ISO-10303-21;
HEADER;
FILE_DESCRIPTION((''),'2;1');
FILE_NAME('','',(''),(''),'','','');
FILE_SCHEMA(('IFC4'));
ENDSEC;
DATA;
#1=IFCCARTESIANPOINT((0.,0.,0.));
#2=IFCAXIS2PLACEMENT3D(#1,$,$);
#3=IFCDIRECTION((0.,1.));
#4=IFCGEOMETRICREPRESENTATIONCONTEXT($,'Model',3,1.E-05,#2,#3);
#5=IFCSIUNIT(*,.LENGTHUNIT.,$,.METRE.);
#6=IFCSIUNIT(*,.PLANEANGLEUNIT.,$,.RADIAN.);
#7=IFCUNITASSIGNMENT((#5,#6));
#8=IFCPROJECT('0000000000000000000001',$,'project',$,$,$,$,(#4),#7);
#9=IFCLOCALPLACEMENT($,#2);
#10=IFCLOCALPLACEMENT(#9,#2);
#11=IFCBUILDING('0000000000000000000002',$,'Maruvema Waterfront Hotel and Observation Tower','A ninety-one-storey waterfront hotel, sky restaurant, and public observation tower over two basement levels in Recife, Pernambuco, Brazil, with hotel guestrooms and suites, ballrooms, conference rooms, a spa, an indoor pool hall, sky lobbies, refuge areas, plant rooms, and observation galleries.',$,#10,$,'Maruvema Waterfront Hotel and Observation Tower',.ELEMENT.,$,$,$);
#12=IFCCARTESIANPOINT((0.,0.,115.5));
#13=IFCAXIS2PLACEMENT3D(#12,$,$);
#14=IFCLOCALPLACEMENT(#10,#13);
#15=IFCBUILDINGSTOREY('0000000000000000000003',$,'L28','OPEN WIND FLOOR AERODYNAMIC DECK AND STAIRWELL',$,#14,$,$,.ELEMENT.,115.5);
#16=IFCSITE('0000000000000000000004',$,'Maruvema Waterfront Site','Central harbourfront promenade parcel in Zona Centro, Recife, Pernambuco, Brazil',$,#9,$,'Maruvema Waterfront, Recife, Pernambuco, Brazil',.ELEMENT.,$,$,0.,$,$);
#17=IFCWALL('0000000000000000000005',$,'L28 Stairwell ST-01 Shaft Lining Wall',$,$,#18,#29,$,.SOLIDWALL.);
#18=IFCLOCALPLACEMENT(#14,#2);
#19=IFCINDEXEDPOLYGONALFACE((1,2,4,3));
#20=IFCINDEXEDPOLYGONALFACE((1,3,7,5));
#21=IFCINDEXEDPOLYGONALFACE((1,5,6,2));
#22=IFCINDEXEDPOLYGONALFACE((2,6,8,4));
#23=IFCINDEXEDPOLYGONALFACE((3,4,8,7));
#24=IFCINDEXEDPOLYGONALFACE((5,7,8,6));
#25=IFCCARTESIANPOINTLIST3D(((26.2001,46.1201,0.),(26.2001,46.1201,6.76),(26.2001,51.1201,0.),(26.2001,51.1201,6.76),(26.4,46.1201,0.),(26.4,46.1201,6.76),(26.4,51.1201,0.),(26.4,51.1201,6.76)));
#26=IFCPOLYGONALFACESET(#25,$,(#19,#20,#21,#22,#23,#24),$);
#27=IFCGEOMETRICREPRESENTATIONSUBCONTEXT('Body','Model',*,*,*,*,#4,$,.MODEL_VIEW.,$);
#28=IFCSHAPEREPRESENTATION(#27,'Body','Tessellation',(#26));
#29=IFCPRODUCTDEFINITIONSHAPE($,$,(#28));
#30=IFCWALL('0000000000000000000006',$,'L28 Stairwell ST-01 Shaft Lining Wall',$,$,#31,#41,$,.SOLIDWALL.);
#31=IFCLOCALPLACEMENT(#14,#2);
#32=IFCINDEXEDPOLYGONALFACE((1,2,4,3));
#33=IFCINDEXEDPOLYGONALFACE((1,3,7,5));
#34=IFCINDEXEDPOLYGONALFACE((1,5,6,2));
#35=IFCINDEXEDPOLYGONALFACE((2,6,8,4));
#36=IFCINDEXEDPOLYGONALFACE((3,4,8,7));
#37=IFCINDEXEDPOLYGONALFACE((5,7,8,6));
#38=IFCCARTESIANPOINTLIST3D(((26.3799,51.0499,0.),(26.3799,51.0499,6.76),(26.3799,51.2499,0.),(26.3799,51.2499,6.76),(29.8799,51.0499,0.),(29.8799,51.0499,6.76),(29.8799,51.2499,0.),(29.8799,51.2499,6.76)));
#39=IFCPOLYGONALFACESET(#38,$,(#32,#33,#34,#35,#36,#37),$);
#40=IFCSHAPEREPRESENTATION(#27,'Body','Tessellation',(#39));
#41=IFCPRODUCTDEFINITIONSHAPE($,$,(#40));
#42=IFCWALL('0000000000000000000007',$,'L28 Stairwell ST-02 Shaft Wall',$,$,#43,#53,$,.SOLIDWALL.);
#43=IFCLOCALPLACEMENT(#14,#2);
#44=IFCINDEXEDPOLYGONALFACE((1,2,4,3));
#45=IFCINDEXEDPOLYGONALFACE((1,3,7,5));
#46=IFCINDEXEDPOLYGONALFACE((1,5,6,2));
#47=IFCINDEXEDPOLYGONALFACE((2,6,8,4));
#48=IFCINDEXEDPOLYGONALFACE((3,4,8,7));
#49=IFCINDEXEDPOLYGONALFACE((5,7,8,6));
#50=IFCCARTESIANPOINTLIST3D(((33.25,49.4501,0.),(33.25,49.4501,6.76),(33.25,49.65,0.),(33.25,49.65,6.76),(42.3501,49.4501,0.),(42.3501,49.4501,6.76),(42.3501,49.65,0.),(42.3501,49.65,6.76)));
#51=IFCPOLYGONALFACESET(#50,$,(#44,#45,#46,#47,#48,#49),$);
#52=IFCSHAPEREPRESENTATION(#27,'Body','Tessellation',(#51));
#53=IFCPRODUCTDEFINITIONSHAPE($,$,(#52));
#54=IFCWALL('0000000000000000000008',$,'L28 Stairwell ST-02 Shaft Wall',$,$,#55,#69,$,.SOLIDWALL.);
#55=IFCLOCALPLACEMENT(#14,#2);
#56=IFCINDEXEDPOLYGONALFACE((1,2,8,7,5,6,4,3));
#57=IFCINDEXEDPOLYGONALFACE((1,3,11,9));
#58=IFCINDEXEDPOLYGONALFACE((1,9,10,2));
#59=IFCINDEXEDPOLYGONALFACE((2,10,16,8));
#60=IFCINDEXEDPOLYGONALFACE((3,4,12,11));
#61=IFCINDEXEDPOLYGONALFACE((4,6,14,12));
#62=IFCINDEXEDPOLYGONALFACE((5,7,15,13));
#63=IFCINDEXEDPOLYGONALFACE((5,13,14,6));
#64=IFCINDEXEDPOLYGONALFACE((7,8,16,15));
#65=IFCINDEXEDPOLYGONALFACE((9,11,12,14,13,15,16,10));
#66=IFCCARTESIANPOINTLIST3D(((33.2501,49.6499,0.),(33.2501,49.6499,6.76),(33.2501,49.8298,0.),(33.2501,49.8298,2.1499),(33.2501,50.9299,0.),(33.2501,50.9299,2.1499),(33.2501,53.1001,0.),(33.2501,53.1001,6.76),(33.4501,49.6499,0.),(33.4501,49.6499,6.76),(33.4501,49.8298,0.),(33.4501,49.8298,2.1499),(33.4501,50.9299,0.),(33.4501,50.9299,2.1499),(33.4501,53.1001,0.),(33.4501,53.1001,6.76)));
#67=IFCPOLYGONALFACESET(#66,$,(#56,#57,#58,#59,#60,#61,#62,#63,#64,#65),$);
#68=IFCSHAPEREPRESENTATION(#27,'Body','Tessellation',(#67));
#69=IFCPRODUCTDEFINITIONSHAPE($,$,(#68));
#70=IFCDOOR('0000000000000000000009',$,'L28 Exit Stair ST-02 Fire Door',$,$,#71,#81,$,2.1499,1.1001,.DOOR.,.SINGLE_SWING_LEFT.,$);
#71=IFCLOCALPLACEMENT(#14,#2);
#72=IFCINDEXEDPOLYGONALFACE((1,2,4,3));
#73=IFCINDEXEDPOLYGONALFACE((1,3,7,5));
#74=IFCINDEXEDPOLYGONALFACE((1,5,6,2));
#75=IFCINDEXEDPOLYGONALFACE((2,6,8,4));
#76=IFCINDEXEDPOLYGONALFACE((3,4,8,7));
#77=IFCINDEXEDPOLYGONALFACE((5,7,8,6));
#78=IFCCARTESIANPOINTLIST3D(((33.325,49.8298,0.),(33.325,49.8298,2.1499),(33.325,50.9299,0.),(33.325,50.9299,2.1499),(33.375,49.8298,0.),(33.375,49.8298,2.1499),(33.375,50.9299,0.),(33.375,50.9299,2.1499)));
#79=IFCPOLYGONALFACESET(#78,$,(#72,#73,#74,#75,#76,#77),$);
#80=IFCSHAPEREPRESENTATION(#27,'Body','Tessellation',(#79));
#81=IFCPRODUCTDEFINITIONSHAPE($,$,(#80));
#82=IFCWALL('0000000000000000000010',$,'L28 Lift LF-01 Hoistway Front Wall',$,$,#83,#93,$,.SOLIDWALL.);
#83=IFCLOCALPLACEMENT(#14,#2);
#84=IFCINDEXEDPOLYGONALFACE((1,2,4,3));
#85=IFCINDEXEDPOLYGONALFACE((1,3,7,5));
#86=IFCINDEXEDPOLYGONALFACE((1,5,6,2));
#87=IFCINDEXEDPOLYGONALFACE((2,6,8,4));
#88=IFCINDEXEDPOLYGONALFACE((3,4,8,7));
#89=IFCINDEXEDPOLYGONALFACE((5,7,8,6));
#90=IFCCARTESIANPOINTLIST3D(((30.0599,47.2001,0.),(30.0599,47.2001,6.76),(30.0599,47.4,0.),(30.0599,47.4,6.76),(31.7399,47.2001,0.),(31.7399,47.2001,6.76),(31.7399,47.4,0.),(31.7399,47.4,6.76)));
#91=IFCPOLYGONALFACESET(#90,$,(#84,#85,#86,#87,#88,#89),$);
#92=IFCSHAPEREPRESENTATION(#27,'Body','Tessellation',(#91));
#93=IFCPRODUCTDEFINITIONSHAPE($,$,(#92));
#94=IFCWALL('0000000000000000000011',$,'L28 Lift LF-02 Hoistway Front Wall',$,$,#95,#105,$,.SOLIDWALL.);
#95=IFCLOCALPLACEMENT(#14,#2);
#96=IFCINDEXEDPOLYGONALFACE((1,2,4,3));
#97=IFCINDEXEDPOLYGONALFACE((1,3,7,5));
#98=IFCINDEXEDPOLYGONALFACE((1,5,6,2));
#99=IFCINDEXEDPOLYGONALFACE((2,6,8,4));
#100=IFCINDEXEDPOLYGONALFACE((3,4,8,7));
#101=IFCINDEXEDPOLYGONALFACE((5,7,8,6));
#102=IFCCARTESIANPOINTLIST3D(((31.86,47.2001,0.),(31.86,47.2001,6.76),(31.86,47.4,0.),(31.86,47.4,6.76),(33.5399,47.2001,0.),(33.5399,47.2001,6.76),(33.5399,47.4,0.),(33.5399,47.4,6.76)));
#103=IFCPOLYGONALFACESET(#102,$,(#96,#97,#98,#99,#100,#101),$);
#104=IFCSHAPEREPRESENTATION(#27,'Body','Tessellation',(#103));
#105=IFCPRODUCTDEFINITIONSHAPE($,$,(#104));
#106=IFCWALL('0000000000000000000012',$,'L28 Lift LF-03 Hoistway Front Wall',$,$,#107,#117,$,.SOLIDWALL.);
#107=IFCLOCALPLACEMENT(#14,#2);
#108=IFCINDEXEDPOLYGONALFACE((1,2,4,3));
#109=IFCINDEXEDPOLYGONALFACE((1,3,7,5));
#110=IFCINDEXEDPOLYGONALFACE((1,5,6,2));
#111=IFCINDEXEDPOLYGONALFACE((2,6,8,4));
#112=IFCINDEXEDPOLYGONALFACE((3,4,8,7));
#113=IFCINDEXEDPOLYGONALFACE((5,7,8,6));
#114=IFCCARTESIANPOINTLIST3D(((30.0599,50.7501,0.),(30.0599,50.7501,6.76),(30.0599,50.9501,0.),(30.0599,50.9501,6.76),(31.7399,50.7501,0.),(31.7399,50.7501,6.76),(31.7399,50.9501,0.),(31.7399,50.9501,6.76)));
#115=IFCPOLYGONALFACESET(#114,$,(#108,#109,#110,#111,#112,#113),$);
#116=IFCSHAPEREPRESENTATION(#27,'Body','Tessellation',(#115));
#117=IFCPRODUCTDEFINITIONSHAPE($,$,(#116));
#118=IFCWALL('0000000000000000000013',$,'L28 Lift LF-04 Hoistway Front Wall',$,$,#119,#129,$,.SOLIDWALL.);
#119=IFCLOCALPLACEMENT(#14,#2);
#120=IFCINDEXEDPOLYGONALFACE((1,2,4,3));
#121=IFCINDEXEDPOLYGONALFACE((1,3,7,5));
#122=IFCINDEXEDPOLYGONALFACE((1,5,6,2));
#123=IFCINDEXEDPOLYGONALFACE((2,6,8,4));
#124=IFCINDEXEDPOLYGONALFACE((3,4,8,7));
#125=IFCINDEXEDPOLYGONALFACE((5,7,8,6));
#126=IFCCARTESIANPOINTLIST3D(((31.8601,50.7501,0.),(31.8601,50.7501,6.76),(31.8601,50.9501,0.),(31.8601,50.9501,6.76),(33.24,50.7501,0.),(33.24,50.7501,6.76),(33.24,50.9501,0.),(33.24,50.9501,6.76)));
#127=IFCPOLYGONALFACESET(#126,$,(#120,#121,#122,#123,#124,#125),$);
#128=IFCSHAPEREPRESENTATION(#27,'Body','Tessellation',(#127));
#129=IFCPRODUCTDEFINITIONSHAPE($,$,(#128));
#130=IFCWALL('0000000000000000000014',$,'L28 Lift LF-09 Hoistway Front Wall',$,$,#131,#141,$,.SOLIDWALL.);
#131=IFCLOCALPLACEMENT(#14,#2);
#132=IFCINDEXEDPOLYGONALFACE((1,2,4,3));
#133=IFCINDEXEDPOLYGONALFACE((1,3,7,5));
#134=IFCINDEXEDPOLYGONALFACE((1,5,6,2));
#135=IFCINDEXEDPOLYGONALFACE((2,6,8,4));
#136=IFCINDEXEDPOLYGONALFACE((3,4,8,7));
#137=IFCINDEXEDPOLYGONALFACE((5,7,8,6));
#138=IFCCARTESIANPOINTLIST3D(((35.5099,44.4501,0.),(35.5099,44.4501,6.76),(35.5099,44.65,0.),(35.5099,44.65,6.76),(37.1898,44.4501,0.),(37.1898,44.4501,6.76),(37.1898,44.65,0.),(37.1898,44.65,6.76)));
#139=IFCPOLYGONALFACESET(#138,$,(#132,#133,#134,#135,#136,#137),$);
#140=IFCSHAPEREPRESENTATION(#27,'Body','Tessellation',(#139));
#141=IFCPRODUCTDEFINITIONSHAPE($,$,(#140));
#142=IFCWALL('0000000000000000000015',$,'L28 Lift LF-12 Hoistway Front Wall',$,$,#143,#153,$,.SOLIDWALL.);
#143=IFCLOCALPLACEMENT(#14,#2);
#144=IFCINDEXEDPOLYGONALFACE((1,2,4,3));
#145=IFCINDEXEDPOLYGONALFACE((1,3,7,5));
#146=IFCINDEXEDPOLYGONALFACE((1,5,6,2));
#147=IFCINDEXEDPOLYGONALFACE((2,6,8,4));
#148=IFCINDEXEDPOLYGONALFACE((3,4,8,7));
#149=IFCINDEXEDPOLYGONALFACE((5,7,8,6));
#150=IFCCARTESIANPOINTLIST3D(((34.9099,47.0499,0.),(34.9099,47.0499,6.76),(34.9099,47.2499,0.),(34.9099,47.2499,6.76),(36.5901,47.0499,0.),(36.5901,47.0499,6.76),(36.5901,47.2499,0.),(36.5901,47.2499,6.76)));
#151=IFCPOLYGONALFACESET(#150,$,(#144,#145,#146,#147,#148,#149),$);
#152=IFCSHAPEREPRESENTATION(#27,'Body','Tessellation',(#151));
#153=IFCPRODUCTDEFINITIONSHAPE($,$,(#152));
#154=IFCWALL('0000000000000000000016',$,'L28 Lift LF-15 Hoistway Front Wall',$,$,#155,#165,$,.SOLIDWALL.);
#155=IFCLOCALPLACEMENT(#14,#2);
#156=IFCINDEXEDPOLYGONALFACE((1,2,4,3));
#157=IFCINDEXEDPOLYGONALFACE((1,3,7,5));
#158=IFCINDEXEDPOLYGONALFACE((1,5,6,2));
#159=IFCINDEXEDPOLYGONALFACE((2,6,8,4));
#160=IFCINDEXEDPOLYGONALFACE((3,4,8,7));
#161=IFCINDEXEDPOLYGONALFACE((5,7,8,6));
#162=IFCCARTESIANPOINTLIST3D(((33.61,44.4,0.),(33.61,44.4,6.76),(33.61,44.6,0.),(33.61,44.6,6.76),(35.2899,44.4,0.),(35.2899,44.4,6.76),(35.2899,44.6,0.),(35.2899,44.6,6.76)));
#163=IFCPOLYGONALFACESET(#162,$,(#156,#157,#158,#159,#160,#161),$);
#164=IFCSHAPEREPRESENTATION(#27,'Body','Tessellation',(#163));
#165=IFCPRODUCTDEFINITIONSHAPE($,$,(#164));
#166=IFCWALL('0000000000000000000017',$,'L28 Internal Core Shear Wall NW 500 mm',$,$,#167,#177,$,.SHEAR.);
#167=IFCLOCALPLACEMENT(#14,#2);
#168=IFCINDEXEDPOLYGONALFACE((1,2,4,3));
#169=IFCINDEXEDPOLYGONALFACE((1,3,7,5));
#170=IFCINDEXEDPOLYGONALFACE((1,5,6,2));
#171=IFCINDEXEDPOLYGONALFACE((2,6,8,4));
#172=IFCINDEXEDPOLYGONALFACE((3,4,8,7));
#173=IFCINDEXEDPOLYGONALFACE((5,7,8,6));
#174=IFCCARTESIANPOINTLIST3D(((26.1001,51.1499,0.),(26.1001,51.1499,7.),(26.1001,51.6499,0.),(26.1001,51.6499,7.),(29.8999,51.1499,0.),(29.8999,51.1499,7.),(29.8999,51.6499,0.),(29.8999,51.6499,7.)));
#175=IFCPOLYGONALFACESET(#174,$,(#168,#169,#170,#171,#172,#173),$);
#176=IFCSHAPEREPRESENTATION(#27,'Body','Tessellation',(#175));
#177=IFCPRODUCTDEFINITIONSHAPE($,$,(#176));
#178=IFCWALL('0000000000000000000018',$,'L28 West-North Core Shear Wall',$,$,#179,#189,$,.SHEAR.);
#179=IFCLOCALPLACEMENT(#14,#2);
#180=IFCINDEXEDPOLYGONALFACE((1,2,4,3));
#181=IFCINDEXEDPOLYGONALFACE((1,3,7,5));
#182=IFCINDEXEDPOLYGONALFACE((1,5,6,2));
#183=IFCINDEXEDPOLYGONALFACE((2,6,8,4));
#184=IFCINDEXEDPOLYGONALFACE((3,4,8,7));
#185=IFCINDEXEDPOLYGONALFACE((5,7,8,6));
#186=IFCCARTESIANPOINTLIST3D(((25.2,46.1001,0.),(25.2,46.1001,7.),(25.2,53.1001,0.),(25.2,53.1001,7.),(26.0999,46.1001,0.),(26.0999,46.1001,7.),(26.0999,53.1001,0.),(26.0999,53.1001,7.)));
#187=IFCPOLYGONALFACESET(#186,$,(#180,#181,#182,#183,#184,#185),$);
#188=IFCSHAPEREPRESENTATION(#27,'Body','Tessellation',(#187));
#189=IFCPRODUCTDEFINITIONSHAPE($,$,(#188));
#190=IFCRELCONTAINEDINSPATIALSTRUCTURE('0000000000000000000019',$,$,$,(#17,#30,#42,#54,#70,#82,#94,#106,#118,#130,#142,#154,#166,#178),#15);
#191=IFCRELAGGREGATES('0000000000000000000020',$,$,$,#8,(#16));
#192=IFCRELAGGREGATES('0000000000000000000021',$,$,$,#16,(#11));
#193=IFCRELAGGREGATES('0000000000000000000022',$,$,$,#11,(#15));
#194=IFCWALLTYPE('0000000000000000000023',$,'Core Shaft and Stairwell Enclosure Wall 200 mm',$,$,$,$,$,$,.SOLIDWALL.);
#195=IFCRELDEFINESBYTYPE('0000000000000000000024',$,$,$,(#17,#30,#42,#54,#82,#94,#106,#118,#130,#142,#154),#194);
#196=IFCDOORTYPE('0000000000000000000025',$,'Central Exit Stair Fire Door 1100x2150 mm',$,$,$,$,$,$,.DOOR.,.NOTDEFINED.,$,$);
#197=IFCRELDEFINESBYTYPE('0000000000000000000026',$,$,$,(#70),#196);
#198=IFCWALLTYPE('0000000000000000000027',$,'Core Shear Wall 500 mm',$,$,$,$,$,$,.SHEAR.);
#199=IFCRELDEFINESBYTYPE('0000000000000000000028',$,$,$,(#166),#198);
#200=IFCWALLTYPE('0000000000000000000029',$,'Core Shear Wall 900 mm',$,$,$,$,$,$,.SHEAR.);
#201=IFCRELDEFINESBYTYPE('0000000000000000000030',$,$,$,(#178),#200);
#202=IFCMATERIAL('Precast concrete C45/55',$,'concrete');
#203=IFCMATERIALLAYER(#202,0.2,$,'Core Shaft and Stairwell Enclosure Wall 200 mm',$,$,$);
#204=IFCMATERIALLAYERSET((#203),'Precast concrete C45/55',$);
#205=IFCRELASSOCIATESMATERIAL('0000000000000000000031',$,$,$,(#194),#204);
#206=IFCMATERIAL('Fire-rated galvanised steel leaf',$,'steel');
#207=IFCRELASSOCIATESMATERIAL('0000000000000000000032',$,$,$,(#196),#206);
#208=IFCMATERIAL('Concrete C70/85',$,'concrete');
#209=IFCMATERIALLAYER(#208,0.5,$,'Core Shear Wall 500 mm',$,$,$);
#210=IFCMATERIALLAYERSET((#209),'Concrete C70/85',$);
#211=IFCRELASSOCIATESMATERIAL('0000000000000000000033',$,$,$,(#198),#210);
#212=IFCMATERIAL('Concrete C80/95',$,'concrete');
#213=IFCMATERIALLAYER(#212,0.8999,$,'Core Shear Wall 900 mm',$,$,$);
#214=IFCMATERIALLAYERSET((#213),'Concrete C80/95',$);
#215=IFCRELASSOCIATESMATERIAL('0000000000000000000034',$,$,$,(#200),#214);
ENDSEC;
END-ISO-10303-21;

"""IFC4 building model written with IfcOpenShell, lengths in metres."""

from ifc_helpers import new_model, si_unit, direction, frame, frame_2d, origin, place, context, subcontext, project, spatial, rectangle, extrude, material, layer, layer_set, type_object, element, fill, save


model = new_model("IFC4")

# Units and contexts
model_context = context("Model", 3, precision=1e-05, world=origin(), true_north=direction((0.0, 1.0)))
body_context = subcontext(model_context, "Body", "Model", "MODEL_VIEW")
ifc_project = project(units=[si_unit("LENGTHUNIT", "METRE"), si_unit("PLANEANGLEUNIT", "RADIAN")], contexts=[model_context])

# Site, building, storey
site_placement = place(None, origin())
site = spatial("IfcSite", under=ifc_project, at=site_placement, Name="Maruvema Waterfront Site", Description="Central harbourfront promenade parcel in Zona Centro, Recife, Pernambuco, Brazil", LongName="Maruvema Waterfront, Recife, Pernambuco, Brazil", CompositionType="ELEMENT", RefElevation=0.0)
building_placement = place(site_placement, origin())
building = spatial("IfcBuilding", under=site, at=building_placement, Name="Maruvema Waterfront Hotel and Observation Tower", Description="A ninety-one-storey waterfront hotel, sky restaurant, and public observation tower over two basement levels in Recife, Pernambuco, Brazil, with hotel guestrooms and suites, ballrooms, conference rooms, a spa, an indoor pool hall, sky lobbies, refuge areas, plant rooms, and observation galleries.", LongName="Maruvema Waterfront Hotel and Observation Tower", CompositionType="ELEMENT")
storey_placement = place(building_placement, frame((0.0, 0.0, 115.5)))
storey = spatial("IfcBuildingStorey", under=building, at=storey_placement, Name="L28", Description="OPEN WIND FLOOR AERODYNAMIC DECK AND STAIRWELL", CompositionType="ELEMENT", Elevation=115.5)

# Walls
ifc_material_1 = material(Name="Precast concrete C45/55", Category="concrete")
ifc_layer_1 = layer(ifc_material_1, 0.2, Name="Core Shaft and Stairwell Enclosure Wall 200 mm")
ifc_layer_set_1 = layer_set([ifc_layer_1], Name="Precast concrete C45/55")
wall_type_1 = type_object("IfcWallType", Name="Core Shaft and Stairwell Enclosure Wall 200 mm", PredefinedType="SOLIDWALL", material=ifc_layer_set_1)
wall_1_placement = place(storey_placement, frame((26.3, 46.1201, 0.0), z_axis=(0.0, 0.0, 1.0), x_axis=(0.0, 1.0, 0.0)))
element("IfcWall", 1, at=wall_1_placement, inside=storey, type_object=wall_type_1, Name="L28 Stairwell ST-01 Shaft Lining Wall", PredefinedType="SOLIDWALL", context=body_context, shape_type="SweptSolid", body=[
    extrude(rectangle(XDim=5.0, YDim=0.2, at=frame_2d((2.5, 0.0))), origin(), (0.0, 0.0, 1.0), 6.76),
])
wall_2_placement = place(storey_placement, frame((26.3799, 51.1499, 0.0), z_axis=(0.0, 0.0, 1.0), x_axis=(1.0, 0.0, 0.0)))
element("IfcWall", 2, at=wall_2_placement, inside=storey, type_object=wall_type_1, Name="L28 Stairwell ST-01 Shaft Lining Wall", PredefinedType="SOLIDWALL", context=body_context, shape_type="SweptSolid", body=[
    extrude(rectangle(XDim=3.5, YDim=0.2, at=frame_2d((1.75, 0.0))), origin(), (0.0, 0.0, 1.0), 6.76),
])
wall_3_placement = place(storey_placement, frame((33.25, 49.55, 0.0), z_axis=(0.0, 0.0, 1.0), x_axis=(1.0, 0.0, 0.0)))
element("IfcWall", 3, at=wall_3_placement, inside=storey, type_object=wall_type_1, Name="L28 Stairwell ST-02 Shaft Wall", PredefinedType="SOLIDWALL", context=body_context, shape_type="SweptSolid", body=[
    extrude(rectangle(XDim=9.1001, YDim=0.2, at=frame_2d((4.55, 0.0))), origin(), (0.0, 0.0, 1.0), 6.76),
])

# Wall, opening, door
wall_4_placement = place(storey_placement, frame((33.3501, 49.6499, 0.0), z_axis=(0.0, 0.0, 1.0), x_axis=(0.0, 1.0, 0.0)))
wall_4 = element("IfcWall", 4, at=wall_4_placement, inside=storey, type_object=wall_type_1, Name="L28 Stairwell ST-02 Shaft Wall", PredefinedType="SOLIDWALL", context=body_context, shape_type="SweptSolid", body=[
    extrude(rectangle(XDim=3.4502, YDim=0.2, at=frame_2d((1.7251, 0.0))), origin(), (0.0, 0.0, 1.0), 6.76),
])
opening_placement = place(wall_4_placement, frame((0.1799, 0.0, 0.0)))
opening = element("IfcOpeningElement", 5, at=opening_placement, cuts=wall_4, PredefinedType="OPENING", context=body_context, shape_type="SweptSolid", body=[
    extrude(rectangle(XDim=1.1001, YDim=2.1499, at=frame_2d((0.55, 1.075))), frame((0.0, 0.1099, 0.0), z_axis=(0.0, -1.0, 0.0), x_axis=(1.0, 0.0, 0.0)), (0.0, 0.0, 1.0), 0.22),
])
ifc_material_2 = material(Name="Fire-rated galvanised steel leaf", Category="steel")
door_type = type_object("IfcDoorType", Name="Central Exit Stair Fire Door 1100x2150 mm", OperationType="NOTDEFINED", PredefinedType="DOOR", material=ifc_material_2)
door_placement = place(opening_placement, frame((1.1001, 0.0, 0.0), z_axis=(0.0, 0.0, 1.0), x_axis=(-1.0, 0.0, 0.0)))
door = element("IfcDoor", 6, at=door_placement, inside=storey, type_object=door_type, Name="L28 Exit Stair ST-02 Fire Door", OperationType="SINGLE_SWING_LEFT", OverallHeight=2.1499, OverallWidth=1.1001, PredefinedType="DOOR", context=body_context, shape_type="SweptSolid", body=[
    extrude(rectangle(XDim=1.1001, YDim=2.1499, at=frame_2d((0.55, 1.075))), frame((0.0, 0.0249, 0.0), z_axis=(0.0, -1.0, 0.0), x_axis=(1.0, 0.0, 0.0)), (0.0, 0.0, 1.0), 0.05),
])
fill(opening, door)

# Walls
for number, where, z_axis, x_axis, name in (
    (7, (30.0601, 47.3, 0.0), (0.0, 0.0, 1.0), (1.0, 0.0, 0.0), "L28 Lift LF-01 Hoistway Front Wall"),
    (8, (31.8601, 47.3, 0.0), (0.0, 0.0, 1.0), (1.0, 0.0, 0.0), "L28 Lift LF-02 Hoistway Front Wall"),
    (9, (30.0601, 50.8501, 0.0), (0.0, 0.0, 1.0), (1.0, 0.0, 0.0), "L28 Lift LF-03 Hoistway Front Wall"),
):
    element("IfcWall", number, at=place(storey_placement, frame(where, z_axis=z_axis, x_axis=x_axis)), inside=storey, type_object=wall_type_1, Name=name, PredefinedType="SOLIDWALL", context=body_context, shape_type="SweptSolid", body=[
        extrude(rectangle(XDim=1.6799, YDim=0.2, at=frame_2d((0.8398, 0.0))), origin(), (0.0, 0.0, 1.0), 6.76),
    ])
wall_5_placement = place(storey_placement, frame((31.8601, 50.8501, 0.0), z_axis=(0.0, 0.0, 1.0), x_axis=(1.0, 0.0, 0.0)))
element("IfcWall", 10, at=wall_5_placement, inside=storey, type_object=wall_type_1, Name="L28 Lift LF-04 Hoistway Front Wall", PredefinedType="SOLIDWALL", context=body_context, shape_type="SweptSolid", body=[
    extrude(rectangle(XDim=1.3799, YDim=0.2, at=frame_2d((0.6899, 0.0))), origin(), (0.0, 0.0, 1.0), 6.76),
])
wall_6_placement = place(storey_placement, frame((35.51, 44.55, 0.0), z_axis=(0.0, 0.0, 1.0), x_axis=(1.0, 0.0, 0.0)))
element("IfcWall", 11, at=wall_6_placement, inside=storey, type_object=wall_type_1, Name="L28 Lift LF-09 Hoistway Front Wall", PredefinedType="SOLIDWALL", context=body_context, shape_type="SweptSolid", body=[
    extrude(rectangle(XDim=1.6799, YDim=0.2, at=frame_2d((0.8398, 0.0))), origin(), (0.0, 0.0, 1.0), 6.76),
])
wall_7_placement = place(storey_placement, frame((34.9099, 47.1499, 0.0), z_axis=(0.0, 0.0, 1.0), x_axis=(1.0, 0.0, 0.0)))
element("IfcWall", 12, at=wall_7_placement, inside=storey, type_object=wall_type_1, Name="L28 Lift LF-12 Hoistway Front Wall", PredefinedType="SOLIDWALL", context=body_context, shape_type="SweptSolid", body=[
    extrude(rectangle(XDim=1.6802, YDim=0.2, at=frame_2d((0.8401, 0.0))), origin(), (0.0, 0.0, 1.0), 6.76),
])
wall_8_placement = place(storey_placement, frame((33.6101, 44.5, 0.0), z_axis=(0.0, 0.0, 1.0), x_axis=(1.0, 0.0, 0.0)))
element("IfcWall", 13, at=wall_8_placement, inside=storey, type_object=wall_type_1, Name="L28 Lift LF-15 Hoistway Front Wall", PredefinedType="SOLIDWALL", context=body_context, shape_type="SweptSolid", body=[
    extrude(rectangle(XDim=1.6799, YDim=0.2, at=frame_2d((0.8398, 0.0))), origin(), (0.0, 0.0, 1.0), 6.76),
])
ifc_material_3 = material(Name="Concrete C70/85", Category="concrete")
ifc_layer_2 = layer(ifc_material_3, 0.5, Name="Core Shear Wall 500 mm")
ifc_layer_set_2 = layer_set([ifc_layer_2], Name="Concrete C70/85")
wall_type_2 = type_object("IfcWallType", Name="Core Shear Wall 500 mm", PredefinedType="SHEAR", material=ifc_layer_set_2)
wall_9_placement = place(storey_placement, frame((26.1001, 51.3999, 0.0), z_axis=(0.0, 0.0, 1.0), x_axis=(1.0, 0.0, 0.0)))
element("IfcWall", 14, at=wall_9_placement, inside=storey, type_object=wall_type_2, Name="L28 Internal Core Shear Wall NW 500 mm", PredefinedType="SHEAR", context=body_context, shape_type="SweptSolid", body=[
    extrude(rectangle(XDim=3.7998, YDim=0.5, at=frame_2d((1.8999, 0.0))), origin(), (0.0, 0.0, 1.0), 7.0),
])
ifc_material_4 = material(Name="Concrete C80/95", Category="concrete")
ifc_layer_3 = layer(ifc_material_4, 0.8999, Name="Core Shear Wall 900 mm")
ifc_layer_set_3 = layer_set([ifc_layer_3], Name="Concrete C80/95")
wall_type_3 = type_object("IfcWallType", Name="Core Shear Wall 900 mm", PredefinedType="SHEAR", material=ifc_layer_set_3)
wall_10_placement = place(storey_placement, frame((25.6499, 46.1001, 0.0), z_axis=(0.0, 0.0, 1.0), x_axis=(0.0, 1.0, 0.0)))
element("IfcWall", 15, at=wall_10_placement, inside=storey, type_object=wall_type_3, Name="L28 West-North Core Shear Wall", PredefinedType="SHEAR", context=body_context, shape_type="SweptSolid", body=[
    extrude(rectangle(XDim=7.0, YDim=0.8999, at=frame_2d((3.5, 0.0))), origin(), (0.0, 0.0, 1.0), 7.0),
])

save(model, "model.ifc")
